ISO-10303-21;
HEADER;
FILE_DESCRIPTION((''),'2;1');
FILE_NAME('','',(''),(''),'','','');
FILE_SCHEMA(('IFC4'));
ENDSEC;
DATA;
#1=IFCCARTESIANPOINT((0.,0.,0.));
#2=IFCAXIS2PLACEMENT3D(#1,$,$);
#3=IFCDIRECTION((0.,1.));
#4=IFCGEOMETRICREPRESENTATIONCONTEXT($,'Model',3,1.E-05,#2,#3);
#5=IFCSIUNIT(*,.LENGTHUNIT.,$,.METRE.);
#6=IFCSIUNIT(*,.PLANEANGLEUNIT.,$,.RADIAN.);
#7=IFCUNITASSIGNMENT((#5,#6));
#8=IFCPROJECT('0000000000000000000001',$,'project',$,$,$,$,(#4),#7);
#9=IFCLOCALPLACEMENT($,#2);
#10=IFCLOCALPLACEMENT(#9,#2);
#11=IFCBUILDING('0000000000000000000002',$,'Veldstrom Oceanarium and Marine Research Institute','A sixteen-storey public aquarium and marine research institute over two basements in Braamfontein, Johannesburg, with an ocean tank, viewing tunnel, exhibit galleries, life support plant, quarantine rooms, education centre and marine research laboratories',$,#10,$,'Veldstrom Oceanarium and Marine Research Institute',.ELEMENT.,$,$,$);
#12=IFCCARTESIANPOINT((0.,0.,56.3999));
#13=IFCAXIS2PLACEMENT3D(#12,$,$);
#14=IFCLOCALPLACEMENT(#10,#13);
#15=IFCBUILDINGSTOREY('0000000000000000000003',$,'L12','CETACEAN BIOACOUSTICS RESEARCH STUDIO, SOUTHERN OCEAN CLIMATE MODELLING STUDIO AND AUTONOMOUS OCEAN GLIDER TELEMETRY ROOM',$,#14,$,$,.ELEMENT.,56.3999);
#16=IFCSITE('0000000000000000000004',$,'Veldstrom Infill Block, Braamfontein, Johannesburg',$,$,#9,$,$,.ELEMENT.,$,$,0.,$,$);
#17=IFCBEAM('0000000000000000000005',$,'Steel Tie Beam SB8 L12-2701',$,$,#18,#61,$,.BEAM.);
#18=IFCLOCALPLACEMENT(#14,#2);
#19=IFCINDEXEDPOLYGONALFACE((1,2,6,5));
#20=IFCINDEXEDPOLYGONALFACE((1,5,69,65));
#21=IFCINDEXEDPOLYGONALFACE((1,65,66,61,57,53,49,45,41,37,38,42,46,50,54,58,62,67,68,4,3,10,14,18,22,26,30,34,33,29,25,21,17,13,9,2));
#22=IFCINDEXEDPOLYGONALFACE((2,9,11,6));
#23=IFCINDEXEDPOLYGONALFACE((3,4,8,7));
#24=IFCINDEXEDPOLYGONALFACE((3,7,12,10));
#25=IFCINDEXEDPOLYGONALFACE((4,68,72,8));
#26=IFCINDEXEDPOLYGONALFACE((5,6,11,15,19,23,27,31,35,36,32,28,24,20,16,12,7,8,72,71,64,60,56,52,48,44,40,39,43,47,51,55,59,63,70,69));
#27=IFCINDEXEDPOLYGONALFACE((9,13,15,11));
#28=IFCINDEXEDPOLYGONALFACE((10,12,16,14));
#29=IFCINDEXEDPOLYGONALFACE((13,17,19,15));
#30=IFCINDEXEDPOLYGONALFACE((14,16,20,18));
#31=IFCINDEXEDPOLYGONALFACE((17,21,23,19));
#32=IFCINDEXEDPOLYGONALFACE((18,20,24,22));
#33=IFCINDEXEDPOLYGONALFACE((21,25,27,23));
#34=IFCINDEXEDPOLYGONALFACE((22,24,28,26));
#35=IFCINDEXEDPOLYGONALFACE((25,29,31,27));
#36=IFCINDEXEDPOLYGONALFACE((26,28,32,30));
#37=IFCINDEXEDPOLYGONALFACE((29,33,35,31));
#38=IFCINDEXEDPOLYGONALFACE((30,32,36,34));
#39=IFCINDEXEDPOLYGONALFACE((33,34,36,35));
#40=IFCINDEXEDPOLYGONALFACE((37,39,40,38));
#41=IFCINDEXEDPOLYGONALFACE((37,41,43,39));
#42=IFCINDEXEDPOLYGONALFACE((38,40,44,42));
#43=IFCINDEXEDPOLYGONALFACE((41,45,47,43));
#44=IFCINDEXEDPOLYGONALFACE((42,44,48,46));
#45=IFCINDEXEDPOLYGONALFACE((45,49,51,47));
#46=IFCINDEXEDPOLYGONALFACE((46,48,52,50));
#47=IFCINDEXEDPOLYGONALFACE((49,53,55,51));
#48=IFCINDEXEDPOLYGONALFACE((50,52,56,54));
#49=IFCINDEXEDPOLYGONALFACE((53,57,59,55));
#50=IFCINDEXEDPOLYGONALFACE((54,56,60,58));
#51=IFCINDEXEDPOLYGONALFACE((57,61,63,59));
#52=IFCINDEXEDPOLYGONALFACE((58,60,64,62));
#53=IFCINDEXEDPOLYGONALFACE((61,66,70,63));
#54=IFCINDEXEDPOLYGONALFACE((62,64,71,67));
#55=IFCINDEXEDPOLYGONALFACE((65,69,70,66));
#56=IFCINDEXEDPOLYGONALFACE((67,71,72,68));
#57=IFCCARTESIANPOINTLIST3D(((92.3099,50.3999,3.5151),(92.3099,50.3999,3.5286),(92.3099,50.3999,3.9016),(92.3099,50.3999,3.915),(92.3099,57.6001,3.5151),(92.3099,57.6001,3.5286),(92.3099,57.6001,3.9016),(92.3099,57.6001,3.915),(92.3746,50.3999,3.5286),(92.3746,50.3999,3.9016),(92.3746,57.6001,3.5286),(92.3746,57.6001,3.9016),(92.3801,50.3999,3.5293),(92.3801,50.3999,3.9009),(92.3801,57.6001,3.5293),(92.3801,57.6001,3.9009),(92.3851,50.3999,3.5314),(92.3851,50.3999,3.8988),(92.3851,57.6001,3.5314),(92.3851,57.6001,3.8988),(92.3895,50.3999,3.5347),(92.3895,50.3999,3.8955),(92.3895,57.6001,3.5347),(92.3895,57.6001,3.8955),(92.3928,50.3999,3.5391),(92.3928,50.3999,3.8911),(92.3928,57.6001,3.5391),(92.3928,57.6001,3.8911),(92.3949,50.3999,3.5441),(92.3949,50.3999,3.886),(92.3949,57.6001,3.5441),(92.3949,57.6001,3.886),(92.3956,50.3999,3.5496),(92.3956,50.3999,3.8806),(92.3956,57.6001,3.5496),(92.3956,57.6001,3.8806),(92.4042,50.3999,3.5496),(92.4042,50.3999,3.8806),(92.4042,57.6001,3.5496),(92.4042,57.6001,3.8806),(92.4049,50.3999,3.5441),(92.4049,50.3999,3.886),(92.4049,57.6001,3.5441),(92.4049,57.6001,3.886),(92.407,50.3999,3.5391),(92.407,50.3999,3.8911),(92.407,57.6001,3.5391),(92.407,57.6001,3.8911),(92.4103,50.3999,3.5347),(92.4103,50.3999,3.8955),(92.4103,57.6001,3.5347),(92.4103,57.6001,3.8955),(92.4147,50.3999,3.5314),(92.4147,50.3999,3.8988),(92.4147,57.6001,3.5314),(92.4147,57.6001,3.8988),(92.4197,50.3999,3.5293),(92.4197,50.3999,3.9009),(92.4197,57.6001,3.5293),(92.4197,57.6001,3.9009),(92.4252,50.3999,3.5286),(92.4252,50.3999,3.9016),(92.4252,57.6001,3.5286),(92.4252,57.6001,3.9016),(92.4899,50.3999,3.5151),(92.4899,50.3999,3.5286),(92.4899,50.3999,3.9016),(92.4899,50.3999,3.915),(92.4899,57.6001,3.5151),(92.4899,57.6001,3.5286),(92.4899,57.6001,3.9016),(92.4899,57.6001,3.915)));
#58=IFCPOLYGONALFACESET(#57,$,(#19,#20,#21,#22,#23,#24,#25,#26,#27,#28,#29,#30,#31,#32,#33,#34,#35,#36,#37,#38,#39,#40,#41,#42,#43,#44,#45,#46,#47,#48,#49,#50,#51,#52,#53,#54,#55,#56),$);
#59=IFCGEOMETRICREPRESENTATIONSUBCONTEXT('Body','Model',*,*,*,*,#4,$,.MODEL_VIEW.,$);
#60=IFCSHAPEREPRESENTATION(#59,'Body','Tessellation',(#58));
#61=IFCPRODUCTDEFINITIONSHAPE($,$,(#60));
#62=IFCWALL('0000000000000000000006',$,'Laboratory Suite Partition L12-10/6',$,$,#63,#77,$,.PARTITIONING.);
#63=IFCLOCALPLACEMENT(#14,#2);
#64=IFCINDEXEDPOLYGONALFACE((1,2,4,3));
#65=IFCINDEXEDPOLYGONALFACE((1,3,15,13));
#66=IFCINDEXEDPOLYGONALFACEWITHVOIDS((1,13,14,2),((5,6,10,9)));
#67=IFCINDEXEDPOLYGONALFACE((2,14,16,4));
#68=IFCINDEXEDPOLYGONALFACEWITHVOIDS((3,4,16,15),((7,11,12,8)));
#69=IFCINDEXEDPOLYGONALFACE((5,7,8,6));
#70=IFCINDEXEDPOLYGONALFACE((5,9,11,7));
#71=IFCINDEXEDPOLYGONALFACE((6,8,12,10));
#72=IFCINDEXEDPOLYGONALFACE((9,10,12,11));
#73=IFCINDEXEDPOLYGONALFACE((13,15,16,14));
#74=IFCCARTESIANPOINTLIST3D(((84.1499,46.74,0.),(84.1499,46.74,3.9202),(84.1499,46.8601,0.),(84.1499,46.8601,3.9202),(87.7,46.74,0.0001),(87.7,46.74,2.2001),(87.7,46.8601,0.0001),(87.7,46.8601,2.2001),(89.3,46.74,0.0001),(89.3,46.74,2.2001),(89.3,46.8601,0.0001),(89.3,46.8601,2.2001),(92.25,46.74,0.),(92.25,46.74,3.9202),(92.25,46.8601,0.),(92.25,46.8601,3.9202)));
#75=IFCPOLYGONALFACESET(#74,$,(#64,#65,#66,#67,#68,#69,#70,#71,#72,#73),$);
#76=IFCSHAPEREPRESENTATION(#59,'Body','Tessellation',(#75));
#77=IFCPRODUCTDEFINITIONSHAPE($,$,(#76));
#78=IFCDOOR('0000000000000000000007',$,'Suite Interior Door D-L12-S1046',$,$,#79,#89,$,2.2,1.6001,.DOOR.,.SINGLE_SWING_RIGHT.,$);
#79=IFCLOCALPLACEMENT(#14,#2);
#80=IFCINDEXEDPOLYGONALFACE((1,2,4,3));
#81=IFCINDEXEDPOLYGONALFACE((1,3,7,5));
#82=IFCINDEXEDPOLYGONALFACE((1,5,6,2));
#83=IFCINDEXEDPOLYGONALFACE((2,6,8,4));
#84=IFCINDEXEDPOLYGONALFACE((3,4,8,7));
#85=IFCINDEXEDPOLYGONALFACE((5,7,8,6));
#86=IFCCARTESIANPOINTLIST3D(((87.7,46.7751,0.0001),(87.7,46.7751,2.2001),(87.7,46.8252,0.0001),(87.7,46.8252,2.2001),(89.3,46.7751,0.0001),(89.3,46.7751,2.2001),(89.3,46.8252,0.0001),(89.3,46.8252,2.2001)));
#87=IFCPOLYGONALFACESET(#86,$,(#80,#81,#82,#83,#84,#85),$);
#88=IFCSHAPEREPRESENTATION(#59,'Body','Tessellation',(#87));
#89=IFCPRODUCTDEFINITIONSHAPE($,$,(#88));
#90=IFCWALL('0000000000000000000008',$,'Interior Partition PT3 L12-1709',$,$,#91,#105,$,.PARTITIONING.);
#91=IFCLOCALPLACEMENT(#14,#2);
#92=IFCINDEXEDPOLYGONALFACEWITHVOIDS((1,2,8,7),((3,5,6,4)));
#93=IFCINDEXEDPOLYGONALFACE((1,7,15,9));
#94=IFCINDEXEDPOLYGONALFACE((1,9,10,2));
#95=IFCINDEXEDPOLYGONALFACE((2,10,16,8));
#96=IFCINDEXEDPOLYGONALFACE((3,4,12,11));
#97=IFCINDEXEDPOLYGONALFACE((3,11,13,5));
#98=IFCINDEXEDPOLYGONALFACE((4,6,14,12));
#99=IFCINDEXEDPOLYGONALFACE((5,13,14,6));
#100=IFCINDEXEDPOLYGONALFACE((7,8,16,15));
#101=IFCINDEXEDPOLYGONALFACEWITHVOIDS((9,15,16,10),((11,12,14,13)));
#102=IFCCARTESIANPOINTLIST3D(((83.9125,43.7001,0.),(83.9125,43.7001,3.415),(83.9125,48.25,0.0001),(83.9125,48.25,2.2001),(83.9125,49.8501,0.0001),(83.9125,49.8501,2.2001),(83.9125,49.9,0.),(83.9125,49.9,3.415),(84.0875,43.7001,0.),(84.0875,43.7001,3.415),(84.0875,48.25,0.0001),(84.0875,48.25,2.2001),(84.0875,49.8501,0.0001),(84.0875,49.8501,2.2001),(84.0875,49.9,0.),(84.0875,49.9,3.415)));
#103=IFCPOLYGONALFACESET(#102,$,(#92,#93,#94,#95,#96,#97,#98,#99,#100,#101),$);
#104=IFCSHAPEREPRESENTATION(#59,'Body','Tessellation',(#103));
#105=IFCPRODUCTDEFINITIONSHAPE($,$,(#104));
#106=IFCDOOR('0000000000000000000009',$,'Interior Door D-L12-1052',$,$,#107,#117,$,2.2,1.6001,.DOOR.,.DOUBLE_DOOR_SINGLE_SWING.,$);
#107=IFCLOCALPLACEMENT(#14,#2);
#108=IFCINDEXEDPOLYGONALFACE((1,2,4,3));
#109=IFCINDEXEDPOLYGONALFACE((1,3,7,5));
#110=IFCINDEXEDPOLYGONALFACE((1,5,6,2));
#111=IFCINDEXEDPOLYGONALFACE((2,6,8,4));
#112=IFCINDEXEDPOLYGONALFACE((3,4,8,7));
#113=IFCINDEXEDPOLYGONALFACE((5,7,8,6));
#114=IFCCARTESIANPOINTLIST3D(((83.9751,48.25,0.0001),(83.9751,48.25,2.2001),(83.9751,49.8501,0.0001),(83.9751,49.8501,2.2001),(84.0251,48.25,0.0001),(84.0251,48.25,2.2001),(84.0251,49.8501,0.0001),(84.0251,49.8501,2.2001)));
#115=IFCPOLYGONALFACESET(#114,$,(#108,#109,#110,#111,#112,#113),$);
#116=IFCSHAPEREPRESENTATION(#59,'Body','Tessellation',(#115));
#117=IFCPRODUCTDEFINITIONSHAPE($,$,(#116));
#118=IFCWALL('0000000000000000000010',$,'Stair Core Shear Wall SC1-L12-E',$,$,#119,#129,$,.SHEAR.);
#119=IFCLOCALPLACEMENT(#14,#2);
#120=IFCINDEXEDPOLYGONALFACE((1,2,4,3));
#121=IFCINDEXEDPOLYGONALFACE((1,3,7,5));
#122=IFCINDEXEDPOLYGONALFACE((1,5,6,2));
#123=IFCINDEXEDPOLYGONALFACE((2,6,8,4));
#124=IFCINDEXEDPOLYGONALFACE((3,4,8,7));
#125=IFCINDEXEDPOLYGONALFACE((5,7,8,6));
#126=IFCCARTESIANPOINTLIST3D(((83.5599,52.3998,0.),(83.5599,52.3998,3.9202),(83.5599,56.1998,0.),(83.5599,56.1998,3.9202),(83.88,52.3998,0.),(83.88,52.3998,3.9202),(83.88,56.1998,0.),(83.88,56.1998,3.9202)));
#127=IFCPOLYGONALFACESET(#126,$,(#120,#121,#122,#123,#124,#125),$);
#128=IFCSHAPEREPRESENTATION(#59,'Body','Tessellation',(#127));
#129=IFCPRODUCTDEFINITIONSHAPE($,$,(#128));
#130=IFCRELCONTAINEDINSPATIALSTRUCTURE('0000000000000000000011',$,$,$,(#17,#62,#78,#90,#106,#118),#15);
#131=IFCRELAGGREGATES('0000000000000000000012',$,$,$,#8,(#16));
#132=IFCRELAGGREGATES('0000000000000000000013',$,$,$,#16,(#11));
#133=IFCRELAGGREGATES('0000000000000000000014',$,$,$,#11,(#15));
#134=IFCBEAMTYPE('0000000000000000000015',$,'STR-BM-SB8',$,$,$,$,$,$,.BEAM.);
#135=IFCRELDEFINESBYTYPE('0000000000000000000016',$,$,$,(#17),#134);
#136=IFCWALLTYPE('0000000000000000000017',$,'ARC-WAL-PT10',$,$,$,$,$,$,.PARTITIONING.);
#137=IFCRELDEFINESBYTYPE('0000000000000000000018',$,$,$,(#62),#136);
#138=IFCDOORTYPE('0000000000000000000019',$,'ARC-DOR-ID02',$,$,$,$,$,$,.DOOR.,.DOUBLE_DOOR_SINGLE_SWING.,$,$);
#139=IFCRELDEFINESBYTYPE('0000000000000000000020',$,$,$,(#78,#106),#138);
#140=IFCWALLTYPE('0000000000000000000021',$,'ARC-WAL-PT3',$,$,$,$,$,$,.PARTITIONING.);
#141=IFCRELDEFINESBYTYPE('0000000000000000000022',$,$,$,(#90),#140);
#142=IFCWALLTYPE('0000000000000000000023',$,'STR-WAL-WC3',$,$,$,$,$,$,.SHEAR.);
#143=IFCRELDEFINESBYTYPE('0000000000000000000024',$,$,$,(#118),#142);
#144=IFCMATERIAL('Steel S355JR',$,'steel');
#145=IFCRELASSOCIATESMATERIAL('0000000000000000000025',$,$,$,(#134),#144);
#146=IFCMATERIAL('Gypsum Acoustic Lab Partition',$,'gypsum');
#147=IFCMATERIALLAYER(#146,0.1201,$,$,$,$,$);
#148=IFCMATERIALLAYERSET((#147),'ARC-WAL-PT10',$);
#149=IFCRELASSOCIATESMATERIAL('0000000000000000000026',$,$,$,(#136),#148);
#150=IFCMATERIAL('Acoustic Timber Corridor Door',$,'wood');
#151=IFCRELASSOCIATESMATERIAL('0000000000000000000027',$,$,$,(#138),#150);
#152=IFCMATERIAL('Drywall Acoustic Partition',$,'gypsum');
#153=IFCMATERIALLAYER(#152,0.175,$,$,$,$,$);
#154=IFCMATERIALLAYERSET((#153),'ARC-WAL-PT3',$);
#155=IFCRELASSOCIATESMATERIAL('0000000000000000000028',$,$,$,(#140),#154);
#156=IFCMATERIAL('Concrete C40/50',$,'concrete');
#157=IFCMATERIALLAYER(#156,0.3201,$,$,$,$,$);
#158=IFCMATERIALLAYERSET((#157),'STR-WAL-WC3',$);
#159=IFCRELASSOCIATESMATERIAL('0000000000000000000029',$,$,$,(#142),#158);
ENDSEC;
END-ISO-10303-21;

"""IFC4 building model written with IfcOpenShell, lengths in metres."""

from ifc_helpers import new_model, si_unit, direction, frame, frame_2d, origin, origin_2d, place, context, subcontext, project, spatial, rectangle, i_section, extrude, material, layer, layer_set, material_profile, profile_set, type_object, element, fill, save


model = new_model("IFC4")

# Units and contexts
model_context = context("Model", 3, precision=1e-05, world=origin(), true_north=direction((0.0, 1.0)))
body_context = subcontext(model_context, "Body", "Model", "MODEL_VIEW")
ifc_project = project(units=[si_unit("LENGTHUNIT", "METRE"), si_unit("PLANEANGLEUNIT", "RADIAN")], contexts=[model_context])

# Site, building, storey
site_placement = place(None, origin())
site = spatial("IfcSite", under=ifc_project, at=site_placement, Name="Veldstrom Infill Block, Braamfontein, Johannesburg", CompositionType="ELEMENT", RefElevation=0.0)
building_placement = place(site_placement, origin())
building = spatial("IfcBuilding", under=site, at=building_placement, Name="Veldstrom Oceanarium and Marine Research Institute", Description="A sixteen-storey public aquarium and marine research institute over two basements in Braamfontein, Johannesburg, with an ocean tank, viewing tunnel, exhibit galleries, life support plant, quarantine rooms, education centre and marine research laboratories", LongName="Veldstrom Oceanarium and Marine Research Institute", CompositionType="ELEMENT")
storey_placement = place(building_placement, frame((0.0, 0.0, 56.3999)))
storey = spatial("IfcBuildingStorey", under=building, at=storey_placement, Name="L12", Description="CETACEAN BIOACOUSTICS RESEARCH STUDIO, SOUTHERN OCEAN CLIMATE MODELLING STUDIO AND AUTONOMOUS OCEAN GLIDER TELEMETRY ROOM", CompositionType="ELEMENT", Elevation=56.3999)

# Beam
ifc_material_1 = material(Name="Steel S355JR", Category="steel")
ifc_material_profile_1 = material_profile(ifc_material_1, i_section(OverallWidth=0.1799, OverallDepth=0.3999, WebThickness=0.0085, FlangeThickness=0.0134, FilletRadius=0.021, at=origin_2d()), Name="IPE 400")
ifc_profile_set_1 = profile_set([ifc_material_profile_1], Name="Steel S355JR")
beam_type_1 = type_object("IfcBeamType", Name="STR-BM-SB8", PredefinedType="BEAM", material=ifc_profile_set_1)
beam_1_placement = place(storey_placement, frame((92.3999, 50.3999, 3.7151), z_axis=(0.0, 1.0, 0.0), x_axis=(-1.0, 0.0, 0.0)))
element("IfcBeam", 1, at=beam_1_placement, inside=storey, type_object=beam_type_1, Name="Steel Tie Beam SB8 L12-2701", PredefinedType="BEAM", context=body_context, shape_type="SweptSolid", body=[
    extrude(i_section(OverallWidth=0.1799, OverallDepth=0.3999, WebThickness=0.0085, FlangeThickness=0.0134, FilletRadius=0.021, at=origin_2d()), origin(), (0.0, 0.0, 1.0), 7.2002),
])

# Walls, openings, doors
ifc_material_2 = material(Name="Gypsum Acoustic Lab Partition", Category="gypsum")
ifc_layer_1 = layer(ifc_material_2, 0.1201)
ifc_layer_set_1 = layer_set([ifc_layer_1], Name="ARC-WAL-PT10")
wall_type_1 = type_object("IfcWallType", Name="ARC-WAL-PT10", PredefinedType="PARTITIONING", material=ifc_layer_set_1)
wall_1_placement = place(storey_placement, frame((84.1499, 46.8, 0.0), z_axis=(0.0, 0.0, 1.0), x_axis=(1.0, 0.0, 0.0)))
wall_1 = element("IfcWall", 2, at=wall_1_placement, inside=storey, type_object=wall_type_1, Name="Laboratory Suite Partition L12-10/6", PredefinedType="PARTITIONING", context=body_context, shape_type="SweptSolid", body=[
    extrude(rectangle(XDim=8.1001, YDim=0.1201, at=frame_2d((4.05, 0.0))), origin(), (0.0, 0.0, 1.0), 3.9202),
])
opening_1_placement = place(wall_1_placement, frame((3.55, 0.0, 0.0)))
opening_1 = element("IfcOpeningElement", 3, at=opening_1_placement, cuts=wall_1, PredefinedType="OPENING", context=body_context, shape_type="SweptSolid", body=[
    extrude(rectangle(XDim=1.6001, YDim=2.2, at=frame_2d((0.8, 1.1001))), frame((0.0, 0.0701, 0.0), z_axis=(0.0, -1.0, 0.0), x_axis=(1.0, 0.0, 0.0)), (0.0, 0.0, 1.0), 0.1401),
])
ifc_material_3 = material(Name="Acoustic Timber Corridor Door", Category="wood")
door_type_1 = type_object("IfcDoorType", Name="ARC-DOR-ID02", OperationType="DOUBLE_DOOR_SINGLE_SWING", PredefinedType="DOOR", material=ifc_material_3)
door_1_placement = place(opening_1_placement, frame((1.6001, 0.0, 0.0), z_axis=(0.0, 0.0, 1.0), x_axis=(-1.0, 0.0, 0.0)))
door_1 = element("IfcDoor", 4, at=door_1_placement, inside=storey, type_object=door_type_1, Name="Suite Interior Door D-L12-S1046", OperationType="SINGLE_SWING_RIGHT", OverallHeight=2.2, OverallWidth=1.6001, PredefinedType="DOOR", context=body_context, shape_type="SweptSolid", body=[
    extrude(rectangle(XDim=1.6001, YDim=2.2, at=frame_2d((0.8, 1.1001))), frame((0.0, 0.0249, 0.0), z_axis=(0.0, -1.0, 0.0), x_axis=(1.0, 0.0, 0.0)), (0.0, 0.0, 1.0), 0.05),
])
fill(opening_1, door_1)
ifc_material_4 = material(Name="Drywall Acoustic Partition", Category="gypsum")
ifc_layer_2 = layer(ifc_material_4, 0.175)
ifc_layer_set_2 = layer_set([ifc_layer_2], Name="ARC-WAL-PT3")
wall_type_2 = type_object("IfcWallType", Name="ARC-WAL-PT3", PredefinedType="PARTITIONING", material=ifc_layer_set_2)
wall_2_placement = place(storey_placement, frame((84.0, 43.7, 0.0), z_axis=(0.0, 0.0, 1.0), x_axis=(0.0, 1.0, 0.0)))
wall_2 = element("IfcWall", 5, at=wall_2_placement, inside=storey, type_object=wall_type_2, Name="Interior Partition PT3 L12-1709", PredefinedType="PARTITIONING", context=body_context, shape_type="SweptSolid", body=[
    extrude(rectangle(XDim=6.2, YDim=0.175, at=frame_2d((3.1001, 0.0))), origin(), (0.0, 0.0, 1.0), 3.415),
])
opening_2_placement = place(wall_2_placement, frame((4.55, 0.0, 0.0)))
opening_2 = element("IfcOpeningElement", 6, at=opening_2_placement, cuts=wall_2, PredefinedType="OPENING", context=body_context, shape_type="SweptSolid", body=[
    extrude(rectangle(XDim=1.6001, YDim=2.2, at=frame_2d((0.8, 1.1001))), frame((0.0, 0.0974, 0.0), z_axis=(0.0, -1.0, 0.0), x_axis=(1.0, 0.0, 0.0)), (0.0, 0.0, 1.0), 0.1951),
])
door_2_placement = place(opening_2_placement, origin())
door_2 = element("IfcDoor", 7, at=door_2_placement, inside=storey, type_object=door_type_1, Name="Interior Door D-L12-1052", OperationType="DOUBLE_DOOR_SINGLE_SWING", OverallHeight=2.2, OverallWidth=1.6001, PredefinedType="DOOR", context=body_context, shape_type="SweptSolid", body=[
    extrude(rectangle(XDim=1.6001, YDim=2.2, at=frame_2d((0.8, 1.1001))), frame((0.0, 0.0249, 0.0), z_axis=(0.0, -1.0, 0.0), x_axis=(1.0, 0.0, 0.0)), (0.0, 0.0, 1.0), 0.05),
])
fill(opening_2, door_2)

# Wall
ifc_material_5 = material(Name="Concrete C40/50", Category="concrete")
ifc_layer_3 = layer(ifc_material_5, 0.3201)
ifc_layer_set_3 = layer_set([ifc_layer_3], Name="STR-WAL-WC3")
wall_type_3 = type_object("IfcWallType", Name="STR-WAL-WC3", PredefinedType="SHEAR", material=ifc_layer_set_3)
wall_3_placement = place(storey_placement, frame((83.72, 52.3999, 0.0), z_axis=(0.0, 0.0, 1.0), x_axis=(0.0, 1.0, 0.0)))
element("IfcWall", 8, at=wall_3_placement, inside=storey, type_object=wall_type_3, Name="Stair Core Shear Wall SC1-L12-E", PredefinedType="SHEAR", context=body_context, shape_type="SweptSolid", body=[
    extrude(rectangle(XDim=3.8, YDim=0.3201, at=frame_2d((1.8999, 0.0))), origin(), (0.0, 0.0, 1.0), 3.9202),
])

save(model, "model.ifc")
